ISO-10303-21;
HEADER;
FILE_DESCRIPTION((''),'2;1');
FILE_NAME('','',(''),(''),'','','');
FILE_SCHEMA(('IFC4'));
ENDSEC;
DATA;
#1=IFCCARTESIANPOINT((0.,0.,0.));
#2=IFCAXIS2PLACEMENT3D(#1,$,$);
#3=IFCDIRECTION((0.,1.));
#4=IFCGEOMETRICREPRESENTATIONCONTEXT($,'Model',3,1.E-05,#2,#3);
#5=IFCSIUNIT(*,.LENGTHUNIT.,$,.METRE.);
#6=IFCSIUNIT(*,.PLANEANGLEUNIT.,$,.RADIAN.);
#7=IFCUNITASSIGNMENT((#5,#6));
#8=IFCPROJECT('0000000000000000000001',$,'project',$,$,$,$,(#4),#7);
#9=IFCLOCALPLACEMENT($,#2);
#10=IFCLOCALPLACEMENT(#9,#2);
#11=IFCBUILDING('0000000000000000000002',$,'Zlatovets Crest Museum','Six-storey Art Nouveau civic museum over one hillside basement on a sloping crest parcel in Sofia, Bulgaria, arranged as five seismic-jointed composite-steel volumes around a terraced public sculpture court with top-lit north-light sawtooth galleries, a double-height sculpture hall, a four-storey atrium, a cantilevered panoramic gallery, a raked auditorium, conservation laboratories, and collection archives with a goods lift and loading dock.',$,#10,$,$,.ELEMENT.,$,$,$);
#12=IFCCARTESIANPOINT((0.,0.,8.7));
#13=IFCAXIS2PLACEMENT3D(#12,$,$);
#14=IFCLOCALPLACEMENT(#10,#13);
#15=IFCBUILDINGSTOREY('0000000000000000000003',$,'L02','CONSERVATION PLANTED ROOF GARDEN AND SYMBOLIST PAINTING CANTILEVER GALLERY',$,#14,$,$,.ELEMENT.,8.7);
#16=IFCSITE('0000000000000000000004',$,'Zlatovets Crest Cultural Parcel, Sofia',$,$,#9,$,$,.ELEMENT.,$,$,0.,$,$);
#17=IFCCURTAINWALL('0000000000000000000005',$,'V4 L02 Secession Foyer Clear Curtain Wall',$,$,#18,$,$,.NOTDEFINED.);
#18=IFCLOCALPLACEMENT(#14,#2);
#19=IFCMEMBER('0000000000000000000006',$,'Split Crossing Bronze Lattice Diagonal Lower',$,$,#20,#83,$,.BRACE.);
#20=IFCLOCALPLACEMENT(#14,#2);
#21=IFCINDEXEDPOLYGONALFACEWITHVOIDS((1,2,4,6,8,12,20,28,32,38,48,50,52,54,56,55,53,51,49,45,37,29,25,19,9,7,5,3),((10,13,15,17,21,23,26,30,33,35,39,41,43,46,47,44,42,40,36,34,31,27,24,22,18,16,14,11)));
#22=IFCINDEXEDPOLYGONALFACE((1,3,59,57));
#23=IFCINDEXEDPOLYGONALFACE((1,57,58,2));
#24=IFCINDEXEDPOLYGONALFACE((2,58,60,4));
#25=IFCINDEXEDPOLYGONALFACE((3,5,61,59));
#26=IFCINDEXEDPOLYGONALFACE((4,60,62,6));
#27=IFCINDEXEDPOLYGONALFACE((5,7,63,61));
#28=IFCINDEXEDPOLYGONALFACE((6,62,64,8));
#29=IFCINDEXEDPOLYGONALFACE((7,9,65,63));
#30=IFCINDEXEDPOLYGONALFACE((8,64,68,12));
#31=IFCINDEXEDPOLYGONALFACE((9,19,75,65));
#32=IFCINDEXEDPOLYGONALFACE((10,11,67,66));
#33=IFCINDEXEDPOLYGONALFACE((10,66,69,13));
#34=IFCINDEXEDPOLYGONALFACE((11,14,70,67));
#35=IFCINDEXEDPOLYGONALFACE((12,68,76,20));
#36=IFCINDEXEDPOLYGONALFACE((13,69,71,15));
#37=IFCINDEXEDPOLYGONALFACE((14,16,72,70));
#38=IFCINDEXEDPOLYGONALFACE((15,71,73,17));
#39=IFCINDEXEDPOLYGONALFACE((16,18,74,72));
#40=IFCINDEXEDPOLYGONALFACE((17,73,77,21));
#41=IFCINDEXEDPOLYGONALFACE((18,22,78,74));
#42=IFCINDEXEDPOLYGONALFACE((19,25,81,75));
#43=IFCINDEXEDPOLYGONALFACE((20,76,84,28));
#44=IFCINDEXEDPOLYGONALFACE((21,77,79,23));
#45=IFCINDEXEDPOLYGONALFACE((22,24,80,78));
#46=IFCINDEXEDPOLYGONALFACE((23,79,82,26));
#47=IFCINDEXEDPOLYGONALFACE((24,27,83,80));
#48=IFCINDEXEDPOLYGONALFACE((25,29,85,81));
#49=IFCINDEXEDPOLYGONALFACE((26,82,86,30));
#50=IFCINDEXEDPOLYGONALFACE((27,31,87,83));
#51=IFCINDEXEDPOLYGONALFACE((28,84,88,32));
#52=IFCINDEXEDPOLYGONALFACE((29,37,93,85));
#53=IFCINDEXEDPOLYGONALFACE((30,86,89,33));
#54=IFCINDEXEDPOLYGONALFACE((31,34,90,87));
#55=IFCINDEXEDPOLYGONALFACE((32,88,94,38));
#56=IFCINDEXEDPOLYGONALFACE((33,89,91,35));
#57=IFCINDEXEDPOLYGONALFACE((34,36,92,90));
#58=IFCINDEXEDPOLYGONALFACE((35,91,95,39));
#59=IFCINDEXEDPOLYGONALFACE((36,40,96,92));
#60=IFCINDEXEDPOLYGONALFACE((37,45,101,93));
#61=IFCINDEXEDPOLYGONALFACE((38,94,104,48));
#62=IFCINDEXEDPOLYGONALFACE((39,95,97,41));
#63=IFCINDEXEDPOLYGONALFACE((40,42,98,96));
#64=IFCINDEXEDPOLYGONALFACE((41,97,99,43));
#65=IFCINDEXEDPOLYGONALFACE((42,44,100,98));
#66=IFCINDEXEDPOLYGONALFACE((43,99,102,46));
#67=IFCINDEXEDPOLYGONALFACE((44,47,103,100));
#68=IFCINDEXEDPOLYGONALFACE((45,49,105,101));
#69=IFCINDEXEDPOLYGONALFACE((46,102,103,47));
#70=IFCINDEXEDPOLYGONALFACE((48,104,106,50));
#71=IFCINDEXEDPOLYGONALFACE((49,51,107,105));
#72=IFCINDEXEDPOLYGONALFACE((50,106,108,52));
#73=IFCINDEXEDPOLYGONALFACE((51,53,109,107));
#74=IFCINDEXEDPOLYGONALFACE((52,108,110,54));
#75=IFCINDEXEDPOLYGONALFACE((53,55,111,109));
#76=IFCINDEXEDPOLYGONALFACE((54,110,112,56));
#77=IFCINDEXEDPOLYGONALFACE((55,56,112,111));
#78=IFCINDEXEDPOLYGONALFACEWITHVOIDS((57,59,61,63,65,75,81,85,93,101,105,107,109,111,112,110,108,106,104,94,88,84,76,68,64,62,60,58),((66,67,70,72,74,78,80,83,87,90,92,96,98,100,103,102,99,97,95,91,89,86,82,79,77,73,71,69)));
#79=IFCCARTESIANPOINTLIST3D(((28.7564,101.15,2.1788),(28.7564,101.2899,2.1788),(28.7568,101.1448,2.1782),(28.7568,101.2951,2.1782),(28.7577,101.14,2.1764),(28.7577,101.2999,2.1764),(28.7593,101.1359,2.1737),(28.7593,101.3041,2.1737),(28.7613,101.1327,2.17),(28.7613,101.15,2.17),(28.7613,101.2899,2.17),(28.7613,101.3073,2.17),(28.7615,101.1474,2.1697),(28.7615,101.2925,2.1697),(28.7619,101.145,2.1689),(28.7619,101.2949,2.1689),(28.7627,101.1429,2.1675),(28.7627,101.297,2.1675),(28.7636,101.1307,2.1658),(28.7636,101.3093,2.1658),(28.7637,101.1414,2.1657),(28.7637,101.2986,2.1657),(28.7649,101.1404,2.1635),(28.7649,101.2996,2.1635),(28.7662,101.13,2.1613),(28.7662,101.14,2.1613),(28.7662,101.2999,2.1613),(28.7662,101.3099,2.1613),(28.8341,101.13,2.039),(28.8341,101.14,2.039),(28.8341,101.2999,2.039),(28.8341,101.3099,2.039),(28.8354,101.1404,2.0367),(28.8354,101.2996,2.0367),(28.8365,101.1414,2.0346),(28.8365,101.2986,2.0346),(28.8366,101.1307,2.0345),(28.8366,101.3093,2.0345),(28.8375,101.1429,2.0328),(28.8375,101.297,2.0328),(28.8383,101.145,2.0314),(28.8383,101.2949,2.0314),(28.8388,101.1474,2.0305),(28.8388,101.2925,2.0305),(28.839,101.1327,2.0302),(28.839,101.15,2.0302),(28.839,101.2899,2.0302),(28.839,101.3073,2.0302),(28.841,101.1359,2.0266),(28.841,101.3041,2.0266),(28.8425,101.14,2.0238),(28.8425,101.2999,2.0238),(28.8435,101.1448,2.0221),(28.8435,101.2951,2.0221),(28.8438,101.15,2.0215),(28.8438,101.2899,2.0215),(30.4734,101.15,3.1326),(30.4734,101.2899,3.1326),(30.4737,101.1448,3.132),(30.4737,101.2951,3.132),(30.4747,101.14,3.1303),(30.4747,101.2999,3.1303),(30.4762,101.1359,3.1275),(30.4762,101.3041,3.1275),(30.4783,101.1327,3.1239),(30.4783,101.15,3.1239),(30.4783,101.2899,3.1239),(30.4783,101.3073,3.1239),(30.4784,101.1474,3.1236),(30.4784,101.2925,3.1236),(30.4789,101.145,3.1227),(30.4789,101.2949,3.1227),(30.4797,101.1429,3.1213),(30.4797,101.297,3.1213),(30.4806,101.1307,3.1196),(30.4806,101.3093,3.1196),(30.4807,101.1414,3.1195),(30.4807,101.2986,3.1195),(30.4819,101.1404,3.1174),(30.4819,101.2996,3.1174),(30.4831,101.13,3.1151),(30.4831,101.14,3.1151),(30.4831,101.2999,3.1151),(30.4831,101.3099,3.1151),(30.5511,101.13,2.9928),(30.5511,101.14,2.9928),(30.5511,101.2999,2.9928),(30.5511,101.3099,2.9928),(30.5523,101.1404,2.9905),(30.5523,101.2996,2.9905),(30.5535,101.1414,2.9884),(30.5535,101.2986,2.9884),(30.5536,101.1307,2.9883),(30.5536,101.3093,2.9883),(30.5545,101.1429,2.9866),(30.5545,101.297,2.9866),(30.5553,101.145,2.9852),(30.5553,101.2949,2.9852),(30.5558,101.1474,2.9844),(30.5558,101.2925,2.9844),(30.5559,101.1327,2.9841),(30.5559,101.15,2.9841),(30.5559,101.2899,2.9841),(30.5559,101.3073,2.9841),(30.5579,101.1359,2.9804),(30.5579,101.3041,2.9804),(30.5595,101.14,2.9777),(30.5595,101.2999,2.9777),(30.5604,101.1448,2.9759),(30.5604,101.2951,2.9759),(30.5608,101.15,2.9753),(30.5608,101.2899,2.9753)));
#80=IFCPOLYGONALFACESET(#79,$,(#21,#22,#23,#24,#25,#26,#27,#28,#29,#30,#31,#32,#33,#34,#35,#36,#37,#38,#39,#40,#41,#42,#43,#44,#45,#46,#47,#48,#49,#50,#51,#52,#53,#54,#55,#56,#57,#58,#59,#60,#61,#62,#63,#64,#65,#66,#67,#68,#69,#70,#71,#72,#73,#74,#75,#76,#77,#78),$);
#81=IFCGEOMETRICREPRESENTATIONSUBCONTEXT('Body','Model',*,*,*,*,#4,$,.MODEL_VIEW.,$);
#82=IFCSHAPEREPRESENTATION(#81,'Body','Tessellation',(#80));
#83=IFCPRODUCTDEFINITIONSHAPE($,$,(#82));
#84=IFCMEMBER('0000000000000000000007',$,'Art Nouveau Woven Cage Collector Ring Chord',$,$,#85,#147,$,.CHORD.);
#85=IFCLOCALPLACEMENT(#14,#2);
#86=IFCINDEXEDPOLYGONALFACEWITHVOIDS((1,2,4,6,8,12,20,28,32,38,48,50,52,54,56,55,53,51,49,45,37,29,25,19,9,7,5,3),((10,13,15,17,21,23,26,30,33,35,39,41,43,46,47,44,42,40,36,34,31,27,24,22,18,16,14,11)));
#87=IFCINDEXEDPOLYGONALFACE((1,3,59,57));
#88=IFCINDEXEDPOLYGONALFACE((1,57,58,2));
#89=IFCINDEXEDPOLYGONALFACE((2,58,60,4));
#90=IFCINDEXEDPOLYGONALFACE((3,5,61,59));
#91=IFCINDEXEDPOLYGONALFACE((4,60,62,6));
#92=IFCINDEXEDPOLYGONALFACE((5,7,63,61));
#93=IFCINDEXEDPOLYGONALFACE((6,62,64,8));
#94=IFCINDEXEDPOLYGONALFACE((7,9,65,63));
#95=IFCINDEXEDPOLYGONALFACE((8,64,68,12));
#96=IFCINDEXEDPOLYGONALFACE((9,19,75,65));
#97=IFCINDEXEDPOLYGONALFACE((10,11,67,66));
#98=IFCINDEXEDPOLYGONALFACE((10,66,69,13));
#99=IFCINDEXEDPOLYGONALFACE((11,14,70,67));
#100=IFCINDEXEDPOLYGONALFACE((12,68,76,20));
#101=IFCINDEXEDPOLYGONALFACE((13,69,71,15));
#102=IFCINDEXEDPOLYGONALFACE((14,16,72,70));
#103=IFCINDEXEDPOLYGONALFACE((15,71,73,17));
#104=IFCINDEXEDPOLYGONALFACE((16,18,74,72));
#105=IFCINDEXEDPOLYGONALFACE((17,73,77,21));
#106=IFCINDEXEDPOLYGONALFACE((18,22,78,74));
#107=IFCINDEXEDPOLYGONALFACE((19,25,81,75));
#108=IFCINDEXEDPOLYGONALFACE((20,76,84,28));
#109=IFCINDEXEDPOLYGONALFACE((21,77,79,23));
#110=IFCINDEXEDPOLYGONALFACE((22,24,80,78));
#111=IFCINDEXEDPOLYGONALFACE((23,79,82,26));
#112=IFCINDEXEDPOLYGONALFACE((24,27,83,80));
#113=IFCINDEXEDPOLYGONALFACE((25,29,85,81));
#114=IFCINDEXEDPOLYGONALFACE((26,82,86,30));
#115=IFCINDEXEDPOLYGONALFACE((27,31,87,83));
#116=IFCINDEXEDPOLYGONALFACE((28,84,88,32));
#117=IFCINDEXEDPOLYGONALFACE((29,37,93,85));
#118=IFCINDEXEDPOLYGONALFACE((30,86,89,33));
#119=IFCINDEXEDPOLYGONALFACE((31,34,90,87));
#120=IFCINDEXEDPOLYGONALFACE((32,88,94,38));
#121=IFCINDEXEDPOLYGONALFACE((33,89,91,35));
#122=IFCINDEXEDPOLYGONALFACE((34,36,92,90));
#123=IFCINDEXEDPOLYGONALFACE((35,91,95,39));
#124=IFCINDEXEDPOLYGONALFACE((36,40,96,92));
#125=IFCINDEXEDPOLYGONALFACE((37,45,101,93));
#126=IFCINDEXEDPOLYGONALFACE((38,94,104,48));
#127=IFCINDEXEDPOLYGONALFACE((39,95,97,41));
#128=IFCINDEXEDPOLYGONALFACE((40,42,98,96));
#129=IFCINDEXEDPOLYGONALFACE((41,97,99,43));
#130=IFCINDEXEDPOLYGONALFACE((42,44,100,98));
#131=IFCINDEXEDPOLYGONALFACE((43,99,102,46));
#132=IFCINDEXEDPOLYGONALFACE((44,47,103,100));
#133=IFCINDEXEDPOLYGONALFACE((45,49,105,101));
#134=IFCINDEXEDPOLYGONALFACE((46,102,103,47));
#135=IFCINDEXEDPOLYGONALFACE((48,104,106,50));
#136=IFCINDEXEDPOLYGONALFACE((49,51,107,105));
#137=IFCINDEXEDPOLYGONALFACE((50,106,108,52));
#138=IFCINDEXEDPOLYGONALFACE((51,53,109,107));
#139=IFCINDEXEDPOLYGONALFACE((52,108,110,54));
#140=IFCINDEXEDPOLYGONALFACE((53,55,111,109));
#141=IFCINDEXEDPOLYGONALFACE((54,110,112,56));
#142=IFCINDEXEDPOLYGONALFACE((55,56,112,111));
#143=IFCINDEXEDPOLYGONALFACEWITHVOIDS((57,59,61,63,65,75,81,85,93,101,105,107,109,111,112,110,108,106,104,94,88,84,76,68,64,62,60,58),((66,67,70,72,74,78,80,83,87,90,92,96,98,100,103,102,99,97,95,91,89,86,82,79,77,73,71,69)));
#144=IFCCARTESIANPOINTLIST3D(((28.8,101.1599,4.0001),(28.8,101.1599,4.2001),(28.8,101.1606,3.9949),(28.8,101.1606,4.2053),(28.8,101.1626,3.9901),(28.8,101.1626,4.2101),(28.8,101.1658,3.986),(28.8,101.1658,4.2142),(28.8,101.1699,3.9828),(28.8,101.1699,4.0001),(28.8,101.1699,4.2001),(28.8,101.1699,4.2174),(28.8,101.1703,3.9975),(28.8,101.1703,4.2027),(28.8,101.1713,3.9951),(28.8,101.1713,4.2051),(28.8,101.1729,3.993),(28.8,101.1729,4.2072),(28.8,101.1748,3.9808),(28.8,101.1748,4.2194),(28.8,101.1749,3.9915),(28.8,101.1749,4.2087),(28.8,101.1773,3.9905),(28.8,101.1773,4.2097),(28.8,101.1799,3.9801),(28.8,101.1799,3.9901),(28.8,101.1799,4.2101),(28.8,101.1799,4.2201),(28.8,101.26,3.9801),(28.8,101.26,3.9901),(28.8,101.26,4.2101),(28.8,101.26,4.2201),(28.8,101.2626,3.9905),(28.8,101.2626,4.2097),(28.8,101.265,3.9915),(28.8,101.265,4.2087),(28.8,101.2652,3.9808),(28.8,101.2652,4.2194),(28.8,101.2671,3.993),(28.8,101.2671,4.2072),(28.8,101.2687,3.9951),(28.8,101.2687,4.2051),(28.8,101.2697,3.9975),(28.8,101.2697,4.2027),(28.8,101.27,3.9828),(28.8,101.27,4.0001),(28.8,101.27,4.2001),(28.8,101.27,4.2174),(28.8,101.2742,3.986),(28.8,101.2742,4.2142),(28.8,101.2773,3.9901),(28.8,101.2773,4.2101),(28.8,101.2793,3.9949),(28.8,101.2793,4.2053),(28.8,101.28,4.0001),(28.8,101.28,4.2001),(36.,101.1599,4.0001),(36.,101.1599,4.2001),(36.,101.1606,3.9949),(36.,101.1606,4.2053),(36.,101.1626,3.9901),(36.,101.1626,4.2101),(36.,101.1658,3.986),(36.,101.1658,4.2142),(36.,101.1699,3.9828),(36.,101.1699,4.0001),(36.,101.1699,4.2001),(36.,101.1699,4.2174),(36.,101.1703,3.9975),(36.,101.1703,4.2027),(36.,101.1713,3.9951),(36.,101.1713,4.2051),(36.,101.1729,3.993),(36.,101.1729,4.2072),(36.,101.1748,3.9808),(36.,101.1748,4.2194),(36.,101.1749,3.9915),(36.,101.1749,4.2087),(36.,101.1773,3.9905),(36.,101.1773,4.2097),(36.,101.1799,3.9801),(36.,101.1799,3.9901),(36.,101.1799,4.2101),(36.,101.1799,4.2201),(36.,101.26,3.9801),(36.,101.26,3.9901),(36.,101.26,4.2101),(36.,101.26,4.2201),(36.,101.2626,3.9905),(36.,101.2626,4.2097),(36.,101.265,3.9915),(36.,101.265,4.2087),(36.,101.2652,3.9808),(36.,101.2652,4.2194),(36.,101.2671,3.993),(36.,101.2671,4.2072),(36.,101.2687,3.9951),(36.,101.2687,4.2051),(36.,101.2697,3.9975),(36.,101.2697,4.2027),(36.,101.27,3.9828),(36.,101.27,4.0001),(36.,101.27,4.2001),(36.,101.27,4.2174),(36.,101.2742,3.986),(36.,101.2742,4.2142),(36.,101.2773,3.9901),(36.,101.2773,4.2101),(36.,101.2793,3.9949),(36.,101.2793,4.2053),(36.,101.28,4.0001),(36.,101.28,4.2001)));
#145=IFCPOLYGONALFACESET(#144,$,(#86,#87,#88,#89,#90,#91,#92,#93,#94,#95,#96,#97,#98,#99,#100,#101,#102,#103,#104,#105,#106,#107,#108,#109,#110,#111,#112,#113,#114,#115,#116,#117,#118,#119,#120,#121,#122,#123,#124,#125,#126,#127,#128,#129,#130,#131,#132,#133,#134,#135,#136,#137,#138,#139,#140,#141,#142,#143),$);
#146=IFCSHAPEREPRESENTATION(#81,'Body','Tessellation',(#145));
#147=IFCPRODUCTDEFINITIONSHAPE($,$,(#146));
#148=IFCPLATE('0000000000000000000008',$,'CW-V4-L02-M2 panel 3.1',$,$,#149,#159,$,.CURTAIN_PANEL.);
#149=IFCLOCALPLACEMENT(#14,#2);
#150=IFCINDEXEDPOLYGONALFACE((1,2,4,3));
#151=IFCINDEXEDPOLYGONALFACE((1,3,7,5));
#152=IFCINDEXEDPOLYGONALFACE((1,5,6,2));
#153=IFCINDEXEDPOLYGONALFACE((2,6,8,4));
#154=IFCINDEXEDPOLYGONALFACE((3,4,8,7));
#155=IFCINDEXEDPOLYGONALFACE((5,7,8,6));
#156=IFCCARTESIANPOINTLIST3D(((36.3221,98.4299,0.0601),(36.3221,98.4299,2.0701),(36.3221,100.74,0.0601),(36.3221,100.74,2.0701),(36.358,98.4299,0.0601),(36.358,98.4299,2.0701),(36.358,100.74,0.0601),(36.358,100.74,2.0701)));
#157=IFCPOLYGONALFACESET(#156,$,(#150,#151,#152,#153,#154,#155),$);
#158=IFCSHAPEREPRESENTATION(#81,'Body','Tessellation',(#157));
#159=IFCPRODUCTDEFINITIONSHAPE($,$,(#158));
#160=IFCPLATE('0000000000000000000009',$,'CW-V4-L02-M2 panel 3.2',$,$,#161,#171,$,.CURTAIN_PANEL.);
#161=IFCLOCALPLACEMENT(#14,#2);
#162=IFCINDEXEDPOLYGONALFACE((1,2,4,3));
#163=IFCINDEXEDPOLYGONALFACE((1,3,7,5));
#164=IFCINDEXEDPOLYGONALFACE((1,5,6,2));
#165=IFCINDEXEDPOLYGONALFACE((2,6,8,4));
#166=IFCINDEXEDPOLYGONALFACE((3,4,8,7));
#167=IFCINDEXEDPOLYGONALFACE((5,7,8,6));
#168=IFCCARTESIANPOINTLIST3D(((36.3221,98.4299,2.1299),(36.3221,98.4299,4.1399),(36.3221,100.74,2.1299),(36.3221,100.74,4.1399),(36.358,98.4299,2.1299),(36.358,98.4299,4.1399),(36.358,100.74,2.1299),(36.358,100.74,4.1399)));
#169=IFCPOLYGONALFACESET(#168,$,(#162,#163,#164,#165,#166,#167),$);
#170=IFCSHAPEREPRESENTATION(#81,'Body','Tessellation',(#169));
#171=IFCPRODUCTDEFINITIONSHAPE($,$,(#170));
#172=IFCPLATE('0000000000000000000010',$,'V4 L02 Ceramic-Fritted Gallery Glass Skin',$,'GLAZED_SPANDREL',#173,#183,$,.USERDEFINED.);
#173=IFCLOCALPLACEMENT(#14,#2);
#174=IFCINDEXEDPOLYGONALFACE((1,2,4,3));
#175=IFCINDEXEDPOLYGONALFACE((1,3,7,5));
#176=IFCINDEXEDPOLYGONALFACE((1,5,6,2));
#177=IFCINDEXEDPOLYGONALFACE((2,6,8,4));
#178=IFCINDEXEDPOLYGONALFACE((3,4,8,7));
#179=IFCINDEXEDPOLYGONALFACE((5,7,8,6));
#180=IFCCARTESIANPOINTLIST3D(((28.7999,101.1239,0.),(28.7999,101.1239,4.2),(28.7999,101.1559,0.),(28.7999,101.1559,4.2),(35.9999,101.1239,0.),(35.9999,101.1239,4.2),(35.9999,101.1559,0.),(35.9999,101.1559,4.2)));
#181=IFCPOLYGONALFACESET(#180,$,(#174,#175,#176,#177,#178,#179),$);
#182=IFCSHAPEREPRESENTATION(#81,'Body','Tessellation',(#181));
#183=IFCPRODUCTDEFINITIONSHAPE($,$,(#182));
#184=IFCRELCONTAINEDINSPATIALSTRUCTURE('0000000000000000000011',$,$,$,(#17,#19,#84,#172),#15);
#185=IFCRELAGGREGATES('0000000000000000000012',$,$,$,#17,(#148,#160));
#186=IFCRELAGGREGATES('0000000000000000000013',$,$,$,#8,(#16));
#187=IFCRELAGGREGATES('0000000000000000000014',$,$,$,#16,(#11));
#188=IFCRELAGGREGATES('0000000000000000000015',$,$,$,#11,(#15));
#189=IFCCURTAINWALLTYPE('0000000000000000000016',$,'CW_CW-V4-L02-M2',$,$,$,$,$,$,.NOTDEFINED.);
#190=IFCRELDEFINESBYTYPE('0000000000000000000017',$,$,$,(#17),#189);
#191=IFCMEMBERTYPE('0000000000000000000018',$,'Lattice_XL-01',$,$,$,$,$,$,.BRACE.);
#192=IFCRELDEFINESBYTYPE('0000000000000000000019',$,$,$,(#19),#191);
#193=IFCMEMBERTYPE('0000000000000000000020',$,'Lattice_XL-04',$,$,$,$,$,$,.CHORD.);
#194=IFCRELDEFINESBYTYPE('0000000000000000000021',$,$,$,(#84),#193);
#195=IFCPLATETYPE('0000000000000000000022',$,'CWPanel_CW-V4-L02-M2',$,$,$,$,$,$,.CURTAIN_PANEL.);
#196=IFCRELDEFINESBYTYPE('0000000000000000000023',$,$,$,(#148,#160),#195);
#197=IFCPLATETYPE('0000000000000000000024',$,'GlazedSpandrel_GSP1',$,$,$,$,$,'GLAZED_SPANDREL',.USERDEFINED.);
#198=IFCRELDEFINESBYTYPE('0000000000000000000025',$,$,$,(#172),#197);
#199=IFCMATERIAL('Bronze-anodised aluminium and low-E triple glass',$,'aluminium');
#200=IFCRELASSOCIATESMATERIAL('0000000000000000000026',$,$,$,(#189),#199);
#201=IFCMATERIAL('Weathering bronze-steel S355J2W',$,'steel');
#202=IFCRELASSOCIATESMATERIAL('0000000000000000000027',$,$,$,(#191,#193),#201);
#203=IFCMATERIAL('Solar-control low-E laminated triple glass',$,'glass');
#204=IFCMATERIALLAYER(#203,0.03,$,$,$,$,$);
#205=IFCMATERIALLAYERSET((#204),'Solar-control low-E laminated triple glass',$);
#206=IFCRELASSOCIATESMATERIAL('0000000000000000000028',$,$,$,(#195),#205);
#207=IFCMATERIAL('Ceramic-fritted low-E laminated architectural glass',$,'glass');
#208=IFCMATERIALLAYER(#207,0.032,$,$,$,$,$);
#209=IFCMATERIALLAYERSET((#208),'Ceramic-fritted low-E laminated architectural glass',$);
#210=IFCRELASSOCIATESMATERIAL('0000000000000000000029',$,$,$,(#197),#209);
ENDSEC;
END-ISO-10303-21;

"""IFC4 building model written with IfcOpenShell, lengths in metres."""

from ifc_helpers import new_model, si_unit, direction, frame, origin, origin_2d, place, context, subcontext, project, spatial, rectangle, hollow_rectangle, extrude, material, layer, layer_set, material_profile, profile_set, type_object, element, aggregate, save


model = new_model("IFC4")

# Units and contexts
model_context = context("Model", 3, precision=1e-05, world=origin(), true_north=direction((0.0, 1.0)))
body_context = subcontext(model_context, "Body", "Model", "MODEL_VIEW")
ifc_project = project(units=[si_unit("LENGTHUNIT", "METRE"), si_unit("PLANEANGLEUNIT", "RADIAN")], contexts=[model_context])

# Site, building, storey
site_placement = place(None, origin())
site = spatial("IfcSite", under=ifc_project, at=site_placement, Name="Zlatovets Crest Cultural Parcel, Sofia", CompositionType="ELEMENT", RefElevation=0.0)
building_placement = place(site_placement, origin())
building = spatial("IfcBuilding", under=site, at=building_placement, Name="Zlatovets Crest Museum", Description="Six-storey Art Nouveau civic museum over one hillside basement on a sloping crest parcel in Sofia, Bulgaria, arranged as five seismic-jointed composite-steel volumes around a terraced public sculpture court with top-lit north-light sawtooth galleries, a double-height sculpture hall, a four-storey atrium, a cantilevered panoramic gallery, a raked auditorium, conservation laboratories, and collection archives with a goods lift and loading dock.", CompositionType="ELEMENT")
storey_placement = place(building_placement, frame((0.0, 0.0, 8.7)))
storey = spatial("IfcBuildingStorey", under=building, at=storey_placement, Name="L02", Description="CONSERVATION PLANTED ROOF GARDEN AND SYMBOLIST PAINTING CANTILEVER GALLERY", CompositionType="ELEMENT", Elevation=8.7)

# Curtain wall
ifc_material_1 = material(Name="Bronze-anodised aluminium and low-E triple glass", Category="aluminium")
curtain_wall_type = type_object("IfcCurtainWallType", Name="CW_CW-V4-L02-M2", PredefinedType="NOTDEFINED", material=ifc_material_1)
curtain_wall_placement = place(storey_placement, origin())
curtain_wall = element("IfcCurtainWall", 1, at=curtain_wall_placement, inside=storey, type_object=curtain_wall_type, Name="V4 L02 Secession Foyer Clear Curtain Wall", PredefinedType="NOTDEFINED")

# Members
ifc_material_2 = material(Name="Weathering bronze-steel S355J2W", Category="steel")
ifc_material_profile_1 = material_profile(ifc_material_2, hollow_rectangle(XDim=0.1799, YDim=0.1799, WallThickness=0.01, InnerFilletRadius=0.01, OuterFilletRadius=0.02, at=origin_2d()), Name="SHS 180x180x10.0")
ifc_profile_set_1 = profile_set([ifc_material_profile_1], Name="Weathering bronze-steel S355J2W")
member_type_1 = type_object("IfcMemberType", Name="Lattice_XL-01", PredefinedType="BRACE", material=ifc_profile_set_1)
member_1_placement = place(storey_placement, frame((30.5171, 101.22, 3.054), z_axis=(-0.874169, 0.0, -0.485622), x_axis=(0.0, -1.0, 0.0)))
element("IfcMember", 2, at=member_1_placement, inside=storey, type_object=member_type_1, Name="Split Crossing Bronze Lattice Diagonal Lower", PredefinedType="BRACE", context=body_context, shape_type="SweptSolid", body=[
    extrude(hollow_rectangle(XDim=0.1799, YDim=0.1799, WallThickness=0.01, InnerFilletRadius=0.01, OuterFilletRadius=0.02, at=origin_2d()), origin(), (0.0, 0.0, 1.0), 1.9641),
])
ifc_material_profile_2 = material_profile(ifc_material_2, hollow_rectangle(XDim=0.1201, YDim=0.24, WallThickness=0.01, InnerFilletRadius=0.01, OuterFilletRadius=0.02, at=origin_2d()), Name="RHS 120x240x10.0")
ifc_profile_set_2 = profile_set([ifc_material_profile_2], Name="Weathering bronze-steel S355J2W")
member_type_2 = type_object("IfcMemberType", Name="Lattice_XL-04", PredefinedType="CHORD", material=ifc_profile_set_2)
member_2_placement = place(storey_placement, frame((36.0, 101.22, 4.1001), z_axis=(-1.0, 0.0, 0.0), x_axis=(0.0, -1.0, 0.0)))
element("IfcMember", 3, at=member_2_placement, inside=storey, type_object=member_type_2, Name="Art Nouveau Woven Cage Collector Ring Chord", PredefinedType="CHORD", context=body_context, shape_type="SweptSolid", body=[
    extrude(hollow_rectangle(XDim=0.1201, YDim=0.24, WallThickness=0.01, InnerFilletRadius=0.01, OuterFilletRadius=0.02, at=origin_2d()), origin(), (0.0, 0.0, 1.0), 7.2),
])

# Plates
ifc_material_3 = material(Name="Solar-control low-E laminated triple glass", Category="glass")
ifc_layer_1 = layer(ifc_material_3, 0.03)
ifc_layer_set_1 = layer_set([ifc_layer_1], Name="Solar-control low-E laminated triple glass")
plate_type_1 = type_object("IfcPlateType", Name="CWPanel_CW-V4-L02-M2", PredefinedType="CURTAIN_PANEL", material=ifc_layer_set_1)
plate_1_placement = place(storey_placement, frame((36.3401, 99.585, 0.0601), z_axis=(0.0, 0.0, 1.0), x_axis=(0.0, 1.0, 0.0)))
plate_1 = element("IfcPlate", 4, at=plate_1_placement, type_object=plate_type_1, Name="CW-V4-L02-M2 panel 3.1", PredefinedType="CURTAIN_PANEL", context=body_context, shape_type="SweptSolid", body=[
    extrude(rectangle(XDim=2.3101, YDim=0.0359, at=origin_2d()), origin(), (0.0, 0.0, 1.0), 2.01),
])
plate_2_placement = place(storey_placement, frame((36.3401, 99.585, 2.1299), z_axis=(0.0, 0.0, 1.0), x_axis=(0.0, 1.0, 0.0)))
plate_2 = element("IfcPlate", 5, at=plate_2_placement, type_object=plate_type_1, Name="CW-V4-L02-M2 panel 3.2", PredefinedType="CURTAIN_PANEL", context=body_context, shape_type="SweptSolid", body=[
    extrude(rectangle(XDim=2.3101, YDim=0.0359, at=origin_2d()), origin(), (0.0, 0.0, 1.0), 2.01),
])
aggregate(curtain_wall, [plate_1, plate_2])

# Plate
ifc_material_4 = material(Name="Ceramic-fritted low-E laminated architectural glass", Category="glass")
ifc_layer_2 = layer(ifc_material_4, 0.032)
ifc_layer_set_2 = layer_set([ifc_layer_2], Name="Ceramic-fritted low-E laminated architectural glass")
plate_type_2 = type_object("IfcPlateType", Name="GlazedSpandrel_GSP1", ElementType="GLAZED_SPANDREL", PredefinedType="USERDEFINED", material=ifc_layer_set_2)
plate_3_placement = place(storey_placement, frame((32.3999, 101.1399, 0.0), z_axis=(0.0, 0.0, 1.0), x_axis=(1.0, 0.0, 0.0)))
element("IfcPlate", 6, at=plate_3_placement, inside=storey, type_object=plate_type_2, Name="V4 L02 Ceramic-Fritted Gallery Glass Skin", ObjectType="GLAZED_SPANDREL", PredefinedType="USERDEFINED", context=body_context, shape_type="SweptSolid", body=[
    extrude(rectangle(XDim=7.2, YDim=0.032, at=origin_2d()), origin(), (0.0, 0.0, 1.0), 4.2),
])

save(model, "model.ifc")
